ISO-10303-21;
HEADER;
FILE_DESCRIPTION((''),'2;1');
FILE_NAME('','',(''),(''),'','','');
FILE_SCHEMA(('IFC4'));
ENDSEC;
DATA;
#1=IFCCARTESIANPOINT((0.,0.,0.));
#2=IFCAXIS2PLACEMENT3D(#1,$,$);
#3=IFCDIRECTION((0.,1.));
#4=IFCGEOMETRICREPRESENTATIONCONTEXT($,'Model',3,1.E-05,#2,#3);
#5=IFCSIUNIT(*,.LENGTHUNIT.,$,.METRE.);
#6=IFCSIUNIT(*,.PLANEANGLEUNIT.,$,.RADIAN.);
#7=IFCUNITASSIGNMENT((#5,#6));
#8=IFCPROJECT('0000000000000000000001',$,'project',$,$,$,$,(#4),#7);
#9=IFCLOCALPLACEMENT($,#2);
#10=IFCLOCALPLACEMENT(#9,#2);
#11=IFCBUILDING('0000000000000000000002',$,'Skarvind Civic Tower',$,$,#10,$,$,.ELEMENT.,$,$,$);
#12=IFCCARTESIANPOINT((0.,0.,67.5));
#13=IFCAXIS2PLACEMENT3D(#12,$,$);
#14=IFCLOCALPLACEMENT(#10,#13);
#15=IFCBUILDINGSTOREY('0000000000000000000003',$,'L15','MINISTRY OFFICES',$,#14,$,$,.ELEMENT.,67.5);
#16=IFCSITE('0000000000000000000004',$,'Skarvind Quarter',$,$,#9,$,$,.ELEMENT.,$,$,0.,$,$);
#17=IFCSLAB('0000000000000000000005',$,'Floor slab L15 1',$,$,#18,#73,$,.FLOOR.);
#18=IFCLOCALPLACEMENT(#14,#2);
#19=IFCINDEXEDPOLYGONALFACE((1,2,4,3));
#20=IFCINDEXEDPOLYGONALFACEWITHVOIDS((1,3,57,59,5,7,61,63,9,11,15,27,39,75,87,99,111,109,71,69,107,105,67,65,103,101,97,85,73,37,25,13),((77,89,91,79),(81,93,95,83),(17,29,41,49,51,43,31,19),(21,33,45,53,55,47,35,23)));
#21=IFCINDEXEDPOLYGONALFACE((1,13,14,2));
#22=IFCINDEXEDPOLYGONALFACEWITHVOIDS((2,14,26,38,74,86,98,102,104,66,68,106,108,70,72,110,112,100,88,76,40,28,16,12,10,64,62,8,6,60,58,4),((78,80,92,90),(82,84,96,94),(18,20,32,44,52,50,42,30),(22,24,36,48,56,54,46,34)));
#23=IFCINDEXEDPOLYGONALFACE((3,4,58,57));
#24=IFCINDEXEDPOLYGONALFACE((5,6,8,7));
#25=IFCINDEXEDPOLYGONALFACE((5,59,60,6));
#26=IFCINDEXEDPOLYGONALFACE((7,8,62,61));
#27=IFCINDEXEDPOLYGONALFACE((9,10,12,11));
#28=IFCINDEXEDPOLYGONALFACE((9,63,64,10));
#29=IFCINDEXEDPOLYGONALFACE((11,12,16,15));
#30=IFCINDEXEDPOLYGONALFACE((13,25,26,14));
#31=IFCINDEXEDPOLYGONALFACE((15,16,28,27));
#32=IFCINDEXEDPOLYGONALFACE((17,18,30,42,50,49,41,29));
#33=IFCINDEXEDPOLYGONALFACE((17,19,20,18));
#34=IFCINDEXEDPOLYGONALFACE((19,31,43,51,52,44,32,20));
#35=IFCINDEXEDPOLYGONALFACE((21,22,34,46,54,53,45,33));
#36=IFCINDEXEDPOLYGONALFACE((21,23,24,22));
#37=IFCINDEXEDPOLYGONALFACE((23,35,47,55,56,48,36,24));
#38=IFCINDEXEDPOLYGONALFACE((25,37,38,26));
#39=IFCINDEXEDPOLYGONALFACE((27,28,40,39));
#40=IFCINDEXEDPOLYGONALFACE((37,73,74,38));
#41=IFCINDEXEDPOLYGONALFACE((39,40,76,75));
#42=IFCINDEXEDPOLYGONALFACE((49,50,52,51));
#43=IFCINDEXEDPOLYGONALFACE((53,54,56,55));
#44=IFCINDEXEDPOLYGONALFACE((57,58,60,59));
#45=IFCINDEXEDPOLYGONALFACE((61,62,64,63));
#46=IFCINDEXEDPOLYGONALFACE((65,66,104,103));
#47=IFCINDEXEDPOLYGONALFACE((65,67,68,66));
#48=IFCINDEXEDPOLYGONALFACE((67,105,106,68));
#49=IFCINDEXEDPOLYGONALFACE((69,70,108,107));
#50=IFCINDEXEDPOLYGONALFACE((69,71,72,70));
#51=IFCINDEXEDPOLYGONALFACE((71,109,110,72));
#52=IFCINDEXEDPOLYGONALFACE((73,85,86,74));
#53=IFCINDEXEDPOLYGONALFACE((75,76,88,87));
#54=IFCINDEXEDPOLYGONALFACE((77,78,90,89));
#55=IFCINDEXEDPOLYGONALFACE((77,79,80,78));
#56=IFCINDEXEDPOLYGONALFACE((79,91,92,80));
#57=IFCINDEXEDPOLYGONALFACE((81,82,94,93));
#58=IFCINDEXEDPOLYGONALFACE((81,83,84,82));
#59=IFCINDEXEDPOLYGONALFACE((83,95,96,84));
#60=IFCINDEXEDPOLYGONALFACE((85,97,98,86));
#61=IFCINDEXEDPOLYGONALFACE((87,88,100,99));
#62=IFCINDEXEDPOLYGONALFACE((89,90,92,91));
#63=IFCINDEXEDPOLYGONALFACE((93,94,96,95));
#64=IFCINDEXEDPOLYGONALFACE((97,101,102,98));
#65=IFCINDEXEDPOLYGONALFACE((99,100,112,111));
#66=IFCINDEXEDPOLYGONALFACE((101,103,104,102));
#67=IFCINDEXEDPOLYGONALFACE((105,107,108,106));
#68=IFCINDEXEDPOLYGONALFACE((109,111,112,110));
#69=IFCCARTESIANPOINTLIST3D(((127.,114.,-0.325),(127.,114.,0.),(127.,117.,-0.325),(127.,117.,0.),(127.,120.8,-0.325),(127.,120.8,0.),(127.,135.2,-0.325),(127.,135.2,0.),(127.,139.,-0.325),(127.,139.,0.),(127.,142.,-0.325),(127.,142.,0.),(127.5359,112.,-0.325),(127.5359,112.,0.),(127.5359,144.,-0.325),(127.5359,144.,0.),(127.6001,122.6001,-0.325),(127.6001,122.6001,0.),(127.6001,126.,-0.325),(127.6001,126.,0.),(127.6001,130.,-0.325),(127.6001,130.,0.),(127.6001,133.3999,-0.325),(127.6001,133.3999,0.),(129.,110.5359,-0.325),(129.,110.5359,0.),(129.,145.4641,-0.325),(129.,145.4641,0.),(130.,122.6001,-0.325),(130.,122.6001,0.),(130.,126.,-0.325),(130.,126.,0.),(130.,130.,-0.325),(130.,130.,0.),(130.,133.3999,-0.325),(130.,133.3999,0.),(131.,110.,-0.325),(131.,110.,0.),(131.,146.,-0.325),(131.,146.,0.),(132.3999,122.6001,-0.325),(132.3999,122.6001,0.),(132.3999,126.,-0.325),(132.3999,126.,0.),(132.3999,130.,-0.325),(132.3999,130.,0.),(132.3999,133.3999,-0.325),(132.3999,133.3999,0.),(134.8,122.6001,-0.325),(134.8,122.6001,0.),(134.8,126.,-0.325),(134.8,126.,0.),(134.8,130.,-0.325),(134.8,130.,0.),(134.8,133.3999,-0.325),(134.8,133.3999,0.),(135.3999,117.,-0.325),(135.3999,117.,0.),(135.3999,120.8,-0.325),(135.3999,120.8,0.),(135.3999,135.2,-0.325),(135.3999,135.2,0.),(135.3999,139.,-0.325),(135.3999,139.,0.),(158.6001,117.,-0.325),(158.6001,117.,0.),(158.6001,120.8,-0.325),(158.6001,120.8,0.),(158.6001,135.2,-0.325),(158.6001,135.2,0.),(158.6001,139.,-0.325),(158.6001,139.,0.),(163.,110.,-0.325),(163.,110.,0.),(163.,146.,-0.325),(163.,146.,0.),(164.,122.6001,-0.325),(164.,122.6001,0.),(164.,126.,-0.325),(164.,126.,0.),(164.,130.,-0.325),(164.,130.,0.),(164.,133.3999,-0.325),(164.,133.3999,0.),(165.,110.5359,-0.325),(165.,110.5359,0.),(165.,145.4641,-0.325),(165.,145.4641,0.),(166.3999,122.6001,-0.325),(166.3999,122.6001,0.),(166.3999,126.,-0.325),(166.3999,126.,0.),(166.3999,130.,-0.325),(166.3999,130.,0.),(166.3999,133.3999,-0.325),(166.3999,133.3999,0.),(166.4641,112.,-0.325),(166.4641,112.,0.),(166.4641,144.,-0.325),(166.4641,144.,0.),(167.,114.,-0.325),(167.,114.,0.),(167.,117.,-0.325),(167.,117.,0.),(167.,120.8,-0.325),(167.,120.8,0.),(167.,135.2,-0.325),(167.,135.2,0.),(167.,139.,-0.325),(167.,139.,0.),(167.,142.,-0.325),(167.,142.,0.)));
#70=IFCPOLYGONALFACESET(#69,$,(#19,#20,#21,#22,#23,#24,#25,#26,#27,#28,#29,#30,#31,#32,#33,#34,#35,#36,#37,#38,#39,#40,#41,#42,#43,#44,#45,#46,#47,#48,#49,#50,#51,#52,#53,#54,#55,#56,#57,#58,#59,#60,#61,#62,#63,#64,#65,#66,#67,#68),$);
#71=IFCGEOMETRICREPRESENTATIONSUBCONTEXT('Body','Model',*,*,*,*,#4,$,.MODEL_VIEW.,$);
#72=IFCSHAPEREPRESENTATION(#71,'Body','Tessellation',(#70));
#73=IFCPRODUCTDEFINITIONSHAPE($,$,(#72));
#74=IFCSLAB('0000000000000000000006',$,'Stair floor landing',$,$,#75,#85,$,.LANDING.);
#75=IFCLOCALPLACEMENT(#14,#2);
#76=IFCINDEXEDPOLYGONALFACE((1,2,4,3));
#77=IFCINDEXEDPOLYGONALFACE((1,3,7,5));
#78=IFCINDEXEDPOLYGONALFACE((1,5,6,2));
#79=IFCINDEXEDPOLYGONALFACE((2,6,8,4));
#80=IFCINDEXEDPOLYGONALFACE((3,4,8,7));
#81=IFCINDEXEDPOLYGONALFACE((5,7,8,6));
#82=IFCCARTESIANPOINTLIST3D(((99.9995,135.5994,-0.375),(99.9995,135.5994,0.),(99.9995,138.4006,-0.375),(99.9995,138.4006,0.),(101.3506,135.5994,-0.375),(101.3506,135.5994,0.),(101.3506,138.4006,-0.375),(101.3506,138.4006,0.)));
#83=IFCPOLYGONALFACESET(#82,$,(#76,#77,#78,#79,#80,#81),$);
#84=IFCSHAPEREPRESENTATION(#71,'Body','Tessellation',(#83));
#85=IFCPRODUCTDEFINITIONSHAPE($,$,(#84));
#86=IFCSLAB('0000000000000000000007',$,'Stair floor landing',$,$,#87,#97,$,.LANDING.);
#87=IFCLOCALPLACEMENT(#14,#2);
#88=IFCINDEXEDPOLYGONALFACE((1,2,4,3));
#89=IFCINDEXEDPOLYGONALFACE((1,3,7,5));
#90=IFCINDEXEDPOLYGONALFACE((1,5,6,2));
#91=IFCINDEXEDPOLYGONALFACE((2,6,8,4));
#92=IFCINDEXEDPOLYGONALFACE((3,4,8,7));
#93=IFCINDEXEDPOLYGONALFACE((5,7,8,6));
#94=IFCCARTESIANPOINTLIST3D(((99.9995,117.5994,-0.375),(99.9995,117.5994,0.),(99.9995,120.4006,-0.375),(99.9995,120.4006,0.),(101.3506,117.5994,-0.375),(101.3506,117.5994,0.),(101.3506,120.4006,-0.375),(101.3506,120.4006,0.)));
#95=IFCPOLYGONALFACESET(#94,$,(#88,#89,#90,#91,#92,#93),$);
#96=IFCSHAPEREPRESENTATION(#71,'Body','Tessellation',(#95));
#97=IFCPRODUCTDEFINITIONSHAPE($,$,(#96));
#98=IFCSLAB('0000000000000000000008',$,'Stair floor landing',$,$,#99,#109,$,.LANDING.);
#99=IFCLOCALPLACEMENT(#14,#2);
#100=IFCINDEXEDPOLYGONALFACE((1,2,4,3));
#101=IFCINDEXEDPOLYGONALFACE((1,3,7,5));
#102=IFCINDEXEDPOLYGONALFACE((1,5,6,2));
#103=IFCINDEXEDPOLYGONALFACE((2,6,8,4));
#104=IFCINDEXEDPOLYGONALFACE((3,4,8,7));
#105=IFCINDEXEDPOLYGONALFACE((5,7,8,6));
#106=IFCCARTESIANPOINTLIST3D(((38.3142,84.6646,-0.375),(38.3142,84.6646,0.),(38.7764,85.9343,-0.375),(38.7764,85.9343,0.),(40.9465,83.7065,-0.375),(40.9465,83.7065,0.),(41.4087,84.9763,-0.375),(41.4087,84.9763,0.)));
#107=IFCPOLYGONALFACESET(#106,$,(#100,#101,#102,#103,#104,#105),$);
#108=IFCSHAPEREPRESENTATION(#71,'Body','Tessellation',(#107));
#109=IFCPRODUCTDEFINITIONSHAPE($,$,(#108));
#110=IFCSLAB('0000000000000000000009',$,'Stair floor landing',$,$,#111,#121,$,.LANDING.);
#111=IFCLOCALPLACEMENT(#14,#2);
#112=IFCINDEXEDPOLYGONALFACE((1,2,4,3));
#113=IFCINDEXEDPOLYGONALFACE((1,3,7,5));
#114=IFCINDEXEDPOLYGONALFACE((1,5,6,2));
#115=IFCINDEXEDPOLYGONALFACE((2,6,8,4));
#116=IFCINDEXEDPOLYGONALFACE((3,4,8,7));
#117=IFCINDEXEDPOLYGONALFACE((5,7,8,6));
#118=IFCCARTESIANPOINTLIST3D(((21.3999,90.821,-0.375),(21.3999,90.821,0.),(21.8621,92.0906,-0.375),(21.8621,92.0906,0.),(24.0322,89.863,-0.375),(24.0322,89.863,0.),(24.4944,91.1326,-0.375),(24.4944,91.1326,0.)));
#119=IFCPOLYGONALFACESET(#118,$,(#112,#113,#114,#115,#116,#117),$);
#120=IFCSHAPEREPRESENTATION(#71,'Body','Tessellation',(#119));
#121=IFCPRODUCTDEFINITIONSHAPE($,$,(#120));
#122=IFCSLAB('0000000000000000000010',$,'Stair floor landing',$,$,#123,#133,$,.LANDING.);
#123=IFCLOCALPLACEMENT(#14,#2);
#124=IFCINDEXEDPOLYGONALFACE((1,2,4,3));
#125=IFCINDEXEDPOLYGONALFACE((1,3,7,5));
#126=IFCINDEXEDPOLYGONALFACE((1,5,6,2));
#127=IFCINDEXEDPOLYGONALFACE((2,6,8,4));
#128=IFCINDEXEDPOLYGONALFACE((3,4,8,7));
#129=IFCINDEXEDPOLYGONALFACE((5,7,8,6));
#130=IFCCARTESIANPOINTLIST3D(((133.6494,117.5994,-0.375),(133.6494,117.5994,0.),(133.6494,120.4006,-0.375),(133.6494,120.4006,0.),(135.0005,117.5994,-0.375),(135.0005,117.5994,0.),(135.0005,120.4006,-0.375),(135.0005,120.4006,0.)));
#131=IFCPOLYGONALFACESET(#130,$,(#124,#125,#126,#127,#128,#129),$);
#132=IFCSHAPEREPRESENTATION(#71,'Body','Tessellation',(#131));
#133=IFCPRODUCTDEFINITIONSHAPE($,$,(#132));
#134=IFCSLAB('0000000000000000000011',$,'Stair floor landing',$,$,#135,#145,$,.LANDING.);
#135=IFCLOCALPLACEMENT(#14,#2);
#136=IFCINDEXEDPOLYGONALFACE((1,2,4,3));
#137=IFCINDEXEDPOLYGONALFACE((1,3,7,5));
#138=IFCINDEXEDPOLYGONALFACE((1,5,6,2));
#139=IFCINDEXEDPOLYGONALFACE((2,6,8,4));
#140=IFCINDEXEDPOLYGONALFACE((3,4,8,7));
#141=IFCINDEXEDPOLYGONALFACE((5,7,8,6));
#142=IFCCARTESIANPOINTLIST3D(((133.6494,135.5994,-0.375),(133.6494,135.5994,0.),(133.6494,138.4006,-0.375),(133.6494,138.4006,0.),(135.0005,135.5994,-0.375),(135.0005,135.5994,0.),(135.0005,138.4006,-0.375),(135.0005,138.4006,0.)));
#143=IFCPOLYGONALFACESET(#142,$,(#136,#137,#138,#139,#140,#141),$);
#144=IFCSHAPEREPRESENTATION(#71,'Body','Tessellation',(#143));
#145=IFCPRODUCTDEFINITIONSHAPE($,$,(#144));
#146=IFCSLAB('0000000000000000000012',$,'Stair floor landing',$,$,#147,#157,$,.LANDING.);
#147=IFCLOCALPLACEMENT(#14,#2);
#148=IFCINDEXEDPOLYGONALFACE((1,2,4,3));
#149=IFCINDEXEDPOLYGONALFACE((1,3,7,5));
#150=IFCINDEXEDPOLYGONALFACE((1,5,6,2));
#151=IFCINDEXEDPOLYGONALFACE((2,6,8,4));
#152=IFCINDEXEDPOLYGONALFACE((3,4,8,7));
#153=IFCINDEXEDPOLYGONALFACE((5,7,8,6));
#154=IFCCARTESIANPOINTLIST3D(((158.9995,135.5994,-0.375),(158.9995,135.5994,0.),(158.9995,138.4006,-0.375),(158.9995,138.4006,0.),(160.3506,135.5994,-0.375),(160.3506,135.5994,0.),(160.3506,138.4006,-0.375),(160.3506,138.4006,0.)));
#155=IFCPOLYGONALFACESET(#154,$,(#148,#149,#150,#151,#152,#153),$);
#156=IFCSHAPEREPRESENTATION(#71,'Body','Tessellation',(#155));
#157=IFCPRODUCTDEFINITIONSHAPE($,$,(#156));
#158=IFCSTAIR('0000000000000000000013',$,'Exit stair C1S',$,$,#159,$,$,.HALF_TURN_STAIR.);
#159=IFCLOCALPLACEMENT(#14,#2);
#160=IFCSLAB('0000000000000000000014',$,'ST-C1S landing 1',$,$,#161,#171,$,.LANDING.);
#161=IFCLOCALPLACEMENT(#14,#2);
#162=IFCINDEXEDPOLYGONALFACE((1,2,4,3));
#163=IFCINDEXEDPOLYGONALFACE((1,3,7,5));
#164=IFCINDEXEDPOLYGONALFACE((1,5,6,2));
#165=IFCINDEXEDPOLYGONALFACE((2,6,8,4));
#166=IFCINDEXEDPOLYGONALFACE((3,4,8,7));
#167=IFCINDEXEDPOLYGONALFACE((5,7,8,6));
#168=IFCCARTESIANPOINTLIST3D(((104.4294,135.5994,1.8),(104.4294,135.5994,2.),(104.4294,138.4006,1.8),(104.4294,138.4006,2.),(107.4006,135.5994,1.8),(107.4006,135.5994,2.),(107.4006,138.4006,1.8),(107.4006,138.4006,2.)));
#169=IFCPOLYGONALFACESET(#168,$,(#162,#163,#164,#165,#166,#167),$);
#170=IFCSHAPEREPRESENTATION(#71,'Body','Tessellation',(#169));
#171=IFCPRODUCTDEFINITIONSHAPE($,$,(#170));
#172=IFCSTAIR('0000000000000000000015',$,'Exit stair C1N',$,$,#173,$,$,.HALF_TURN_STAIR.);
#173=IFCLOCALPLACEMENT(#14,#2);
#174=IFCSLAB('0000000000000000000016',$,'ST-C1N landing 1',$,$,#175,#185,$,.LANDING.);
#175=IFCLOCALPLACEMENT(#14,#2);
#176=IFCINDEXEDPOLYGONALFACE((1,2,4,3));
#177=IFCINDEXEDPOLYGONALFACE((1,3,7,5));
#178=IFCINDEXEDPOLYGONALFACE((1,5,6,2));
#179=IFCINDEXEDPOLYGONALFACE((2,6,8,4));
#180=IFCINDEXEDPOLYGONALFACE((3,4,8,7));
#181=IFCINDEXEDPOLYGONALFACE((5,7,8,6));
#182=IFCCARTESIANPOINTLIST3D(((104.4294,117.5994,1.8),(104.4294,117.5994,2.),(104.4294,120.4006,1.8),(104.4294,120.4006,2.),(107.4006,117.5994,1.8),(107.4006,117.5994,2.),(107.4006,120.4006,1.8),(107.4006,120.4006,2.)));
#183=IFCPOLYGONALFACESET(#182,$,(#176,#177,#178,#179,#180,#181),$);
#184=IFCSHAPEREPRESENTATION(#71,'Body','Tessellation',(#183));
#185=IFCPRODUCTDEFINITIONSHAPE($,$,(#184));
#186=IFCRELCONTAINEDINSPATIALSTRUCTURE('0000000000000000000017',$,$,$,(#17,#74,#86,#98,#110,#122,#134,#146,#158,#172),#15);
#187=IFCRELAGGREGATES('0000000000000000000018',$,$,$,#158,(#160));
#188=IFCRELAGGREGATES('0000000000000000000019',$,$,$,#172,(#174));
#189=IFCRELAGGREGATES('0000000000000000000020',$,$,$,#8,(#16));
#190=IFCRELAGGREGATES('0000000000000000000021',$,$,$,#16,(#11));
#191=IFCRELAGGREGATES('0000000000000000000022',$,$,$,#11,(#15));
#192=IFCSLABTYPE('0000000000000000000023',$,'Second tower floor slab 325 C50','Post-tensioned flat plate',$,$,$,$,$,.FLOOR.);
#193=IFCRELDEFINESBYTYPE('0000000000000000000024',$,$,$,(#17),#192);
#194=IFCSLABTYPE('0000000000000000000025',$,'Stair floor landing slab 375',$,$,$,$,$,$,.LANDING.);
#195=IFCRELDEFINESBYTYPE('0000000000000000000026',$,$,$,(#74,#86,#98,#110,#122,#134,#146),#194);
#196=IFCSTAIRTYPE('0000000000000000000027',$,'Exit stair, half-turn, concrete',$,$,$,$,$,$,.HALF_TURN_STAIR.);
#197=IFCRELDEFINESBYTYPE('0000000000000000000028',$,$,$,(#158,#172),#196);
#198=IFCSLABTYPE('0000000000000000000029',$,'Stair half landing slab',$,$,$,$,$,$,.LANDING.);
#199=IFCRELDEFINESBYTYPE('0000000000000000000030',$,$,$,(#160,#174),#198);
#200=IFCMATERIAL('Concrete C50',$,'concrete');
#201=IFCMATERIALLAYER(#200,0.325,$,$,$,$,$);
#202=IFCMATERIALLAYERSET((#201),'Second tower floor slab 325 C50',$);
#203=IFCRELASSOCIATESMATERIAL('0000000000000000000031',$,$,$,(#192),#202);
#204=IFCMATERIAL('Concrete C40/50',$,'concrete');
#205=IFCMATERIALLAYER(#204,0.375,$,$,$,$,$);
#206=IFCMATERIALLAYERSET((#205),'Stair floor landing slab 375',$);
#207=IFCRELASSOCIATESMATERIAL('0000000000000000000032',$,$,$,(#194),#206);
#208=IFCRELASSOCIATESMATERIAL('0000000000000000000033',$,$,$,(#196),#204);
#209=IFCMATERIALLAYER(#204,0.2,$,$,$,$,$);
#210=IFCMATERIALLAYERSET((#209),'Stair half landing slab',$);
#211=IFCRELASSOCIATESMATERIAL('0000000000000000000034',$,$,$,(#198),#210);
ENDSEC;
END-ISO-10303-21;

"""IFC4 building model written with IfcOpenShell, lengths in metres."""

from ifc_helpers import new_model, si_unit, direction, frame, origin, place, context, subcontext, project, spatial, polyline, outline, extrude, material, layer, layer_set, type_object, element, aggregate, save


model = new_model("IFC4")

# Units and contexts
model_context = context("Model", 3, precision=1e-05, world=origin(), true_north=direction((0.0, 1.0)))
body_context = subcontext(model_context, "Body", "Model", "MODEL_VIEW")
ifc_project = project(units=[si_unit("LENGTHUNIT", "METRE"), si_unit("PLANEANGLEUNIT", "RADIAN")], contexts=[model_context])

# Site, building, storey
site_placement = place(None, origin())
site = spatial("IfcSite", under=ifc_project, at=site_placement, Name="Skarvind Quarter", CompositionType="ELEMENT", RefElevation=0.0)
building_placement = place(site_placement, origin())
building = spatial("IfcBuilding", under=site, at=building_placement, Name="Skarvind Civic Tower", CompositionType="ELEMENT")
storey_placement = place(building_placement, frame((0.0, 0.0, 67.5)))
storey = spatial("IfcBuildingStorey", under=building, at=storey_placement, Name="L15", Description="MINISTRY OFFICES", CompositionType="ELEMENT", Elevation=67.5)

# Slabs
ifc_material_1 = material(Name="Concrete C50", Category="concrete")
ifc_layer_1 = layer(ifc_material_1, 0.325)
ifc_layer_set_1 = layer_set([ifc_layer_1], Name="Second tower floor slab 325 C50")
slab_type_1 = type_object("IfcSlabType", Name="Second tower floor slab 325 C50", Description="Post-tensioned flat plate", PredefinedType="FLOOR", material=ifc_layer_set_1)
slab_1_placement = place(storey_placement, frame((0.0, 0.0, -0.325)))
element("IfcSlab", 1, at=slab_1_placement, inside=storey, type_object=slab_type_1, Name="Floor slab L15 1", PredefinedType="FLOOR", context=body_context, shape_type="SweptSolid", body=[
    extrude(outline(polyline([(127.0, 139.0), (135.3999, 139.0), (135.3999, 135.2), (127.0, 135.2), (127.0, 120.8), (135.3999, 120.8), (135.3999, 117.0), (127.0, 117.0), (127.0, 114.0), (127.5359, 112.0), (129.0, 110.5359), (131.0, 110.0), (163.0, 110.0), (165.0, 110.5359), (166.4641, 112.0), (167.0, 114.0), (167.0, 117.0), (158.6001, 117.0), (158.6001, 120.8), (167.0, 120.8), (167.0, 135.2), (158.6001, 135.2), (158.6001, 139.0), (167.0, 139.0), (167.0, 142.0), (166.4641, 144.0), (165.0, 145.4641), (163.0, 146.0), (131.0, 146.0), (129.0, 145.4641), (127.5359, 144.0), (127.0, 142.0), (127.0, 139.0)]), holes=[polyline([(132.3999, 126.0), (134.8, 126.0), (134.8, 122.6001), (132.3999, 122.6001), (130.0, 122.6001), (127.6001, 122.6001), (127.6001, 126.0), (130.0, 126.0), (132.3999, 126.0)]), polyline([(130.0, 133.3999), (132.3999, 133.3999), (134.8, 133.3999), (134.8, 130.0), (132.3999, 130.0), (130.0, 130.0), (127.6001, 130.0), (127.6001, 133.3999), (130.0, 133.3999)]), polyline([(166.3999, 126.0), (166.3999, 122.6001), (164.0, 122.6001), (164.0, 126.0), (166.3999, 126.0)]), polyline([(166.3999, 133.3999), (166.3999, 130.0), (164.0, 130.0), (164.0, 133.3999), (166.3999, 133.3999)])]), origin(), (0.0, 0.0, 1.0), 0.325),
])
ifc_material_2 = material(Name="Concrete C40/50", Category="concrete")
ifc_layer_2 = layer(ifc_material_2, 0.375)
ifc_layer_set_2 = layer_set([ifc_layer_2], Name="Stair floor landing slab 375")
slab_type_2 = type_object("IfcSlabType", Name="Stair floor landing slab 375", PredefinedType="LANDING", material=ifc_layer_set_2)
slab_2_placement = place(storey_placement, frame((0.0, 0.0, -0.375)))
element("IfcSlab", 2, at=slab_2_placement, inside=storey, type_object=slab_type_2, Name="Stair floor landing", PredefinedType="LANDING", context=body_context, shape_type="SweptSolid", body=[
    extrude(outline(polyline([(101.3506, 138.4006), (101.3506, 135.5994), (99.9995, 135.5994), (99.9995, 138.4006), (101.3506, 138.4006)])), origin(), (0.0, 0.0, 1.0), 0.375),
])
slab_3_placement = place(storey_placement, frame((0.0, 0.0, -0.375)))
element("IfcSlab", 3, at=slab_3_placement, inside=storey, type_object=slab_type_2, Name="Stair floor landing", PredefinedType="LANDING", context=body_context, shape_type="SweptSolid", body=[
    extrude(outline(polyline([(101.3506, 120.4006), (101.3506, 117.5994), (99.9995, 117.5994), (99.9995, 120.4006), (101.3506, 120.4006)])), origin(), (0.0, 0.0, 1.0), 0.375),
])
slab_4_placement = place(storey_placement, frame((0.0, 0.0, -0.375)))
element("IfcSlab", 4, at=slab_4_placement, inside=storey, type_object=slab_type_2, Name="Stair floor landing", PredefinedType="LANDING", context=body_context, shape_type="SweptSolid", body=[
    extrude(outline(polyline([(40.9465, 83.7065), (38.3142, 84.6646), (38.7764, 85.9343), (41.4087, 84.9763), (40.9465, 83.7065)])), origin(), (0.0, 0.0, 1.0), 0.375),
])
slab_5_placement = place(storey_placement, frame((0.0, 0.0, -0.375)))
element("IfcSlab", 5, at=slab_5_placement, inside=storey, type_object=slab_type_2, Name="Stair floor landing", PredefinedType="LANDING", context=body_context, shape_type="SweptSolid", body=[
    extrude(outline(polyline([(24.0322, 89.863), (21.3999, 90.821), (21.8621, 92.0906), (24.4944, 91.1326), (24.0322, 89.863)])), origin(), (0.0, 0.0, 1.0), 0.375),
])
slab_6_placement = place(storey_placement, frame((0.0, 0.0, -0.375)))
element("IfcSlab", 6, at=slab_6_placement, inside=storey, type_object=slab_type_2, Name="Stair floor landing", PredefinedType="LANDING", context=body_context, shape_type="SweptSolid", body=[
    extrude(outline(polyline([(133.6494, 117.5994), (133.6494, 120.4006), (135.0005, 120.4006), (135.0005, 117.5994), (133.6494, 117.5994)])), origin(), (0.0, 0.0, 1.0), 0.375),
])
slab_7_placement = place(storey_placement, frame((0.0, 0.0, -0.375)))
element("IfcSlab", 7, at=slab_7_placement, inside=storey, type_object=slab_type_2, Name="Stair floor landing", PredefinedType="LANDING", context=body_context, shape_type="SweptSolid", body=[
    extrude(outline(polyline([(133.6494, 135.5994), (133.6494, 138.4006), (135.0005, 138.4006), (135.0005, 135.5994), (133.6494, 135.5994)])), origin(), (0.0, 0.0, 1.0), 0.375),
])
slab_8_placement = place(storey_placement, frame((0.0, 0.0, -0.375)))
element("IfcSlab", 8, at=slab_8_placement, inside=storey, type_object=slab_type_2, Name="Stair floor landing", PredefinedType="LANDING", context=body_context, shape_type="SweptSolid", body=[
    extrude(outline(polyline([(160.3506, 138.4006), (160.3506, 135.5994), (158.9995, 135.5994), (158.9995, 138.4006), (160.3506, 138.4006)])), origin(), (0.0, 0.0, 1.0), 0.375),
])

# Stairs, slabs
stair_type = type_object("IfcStairType", Name="Exit stair, half-turn, concrete", PredefinedType="HALF_TURN_STAIR", material=ifc_material_2)
stair_1_placement = place(storey_placement, origin())
stair_1 = element("IfcStair", 9, at=stair_1_placement, inside=storey, type_object=stair_type, Name="Exit stair C1S", PredefinedType="HALF_TURN_STAIR")
ifc_layer_3 = layer(ifc_material_2, 0.2)
ifc_layer_set_3 = layer_set([ifc_layer_3], Name="Stair half landing slab")
slab_type_3 = type_object("IfcSlabType", Name="Stair half landing slab", PredefinedType="LANDING", material=ifc_layer_set_3)
slab_9_placement = place(storey_placement, frame((0.0, 0.0, 1.8)))
slab_9 = element("IfcSlab", 10, at=slab_9_placement, type_object=slab_type_3, Name="ST-C1S landing 1", PredefinedType="LANDING", context=body_context, shape_type="SweptSolid", body=[
    extrude(outline(polyline([(104.4294, 135.5994), (104.4294, 138.4006), (107.4006, 138.4006), (107.4006, 135.5994), (104.4294, 135.5994)])), origin(), (0.0, 0.0, 1.0), 0.2),
])
aggregate(stair_1, [slab_9])
stair_2_placement = place(storey_placement, origin())
stair_2 = element("IfcStair", 11, at=stair_2_placement, inside=storey, type_object=stair_type, Name="Exit stair C1N", PredefinedType="HALF_TURN_STAIR")
slab_10_placement = place(storey_placement, frame((0.0, 0.0, 1.8)))
slab_10 = element("IfcSlab", 12, at=slab_10_placement, type_object=slab_type_3, Name="ST-C1N landing 1", PredefinedType="LANDING", context=body_context, shape_type="SweptSolid", body=[
    extrude(outline(polyline([(104.4294, 117.5994), (104.4294, 120.4006), (107.4006, 120.4006), (107.4006, 117.5994), (104.4294, 117.5994)])), origin(), (0.0, 0.0, 1.0), 0.2),
])
aggregate(stair_2, [slab_10])

save(model, "model.ifc")
